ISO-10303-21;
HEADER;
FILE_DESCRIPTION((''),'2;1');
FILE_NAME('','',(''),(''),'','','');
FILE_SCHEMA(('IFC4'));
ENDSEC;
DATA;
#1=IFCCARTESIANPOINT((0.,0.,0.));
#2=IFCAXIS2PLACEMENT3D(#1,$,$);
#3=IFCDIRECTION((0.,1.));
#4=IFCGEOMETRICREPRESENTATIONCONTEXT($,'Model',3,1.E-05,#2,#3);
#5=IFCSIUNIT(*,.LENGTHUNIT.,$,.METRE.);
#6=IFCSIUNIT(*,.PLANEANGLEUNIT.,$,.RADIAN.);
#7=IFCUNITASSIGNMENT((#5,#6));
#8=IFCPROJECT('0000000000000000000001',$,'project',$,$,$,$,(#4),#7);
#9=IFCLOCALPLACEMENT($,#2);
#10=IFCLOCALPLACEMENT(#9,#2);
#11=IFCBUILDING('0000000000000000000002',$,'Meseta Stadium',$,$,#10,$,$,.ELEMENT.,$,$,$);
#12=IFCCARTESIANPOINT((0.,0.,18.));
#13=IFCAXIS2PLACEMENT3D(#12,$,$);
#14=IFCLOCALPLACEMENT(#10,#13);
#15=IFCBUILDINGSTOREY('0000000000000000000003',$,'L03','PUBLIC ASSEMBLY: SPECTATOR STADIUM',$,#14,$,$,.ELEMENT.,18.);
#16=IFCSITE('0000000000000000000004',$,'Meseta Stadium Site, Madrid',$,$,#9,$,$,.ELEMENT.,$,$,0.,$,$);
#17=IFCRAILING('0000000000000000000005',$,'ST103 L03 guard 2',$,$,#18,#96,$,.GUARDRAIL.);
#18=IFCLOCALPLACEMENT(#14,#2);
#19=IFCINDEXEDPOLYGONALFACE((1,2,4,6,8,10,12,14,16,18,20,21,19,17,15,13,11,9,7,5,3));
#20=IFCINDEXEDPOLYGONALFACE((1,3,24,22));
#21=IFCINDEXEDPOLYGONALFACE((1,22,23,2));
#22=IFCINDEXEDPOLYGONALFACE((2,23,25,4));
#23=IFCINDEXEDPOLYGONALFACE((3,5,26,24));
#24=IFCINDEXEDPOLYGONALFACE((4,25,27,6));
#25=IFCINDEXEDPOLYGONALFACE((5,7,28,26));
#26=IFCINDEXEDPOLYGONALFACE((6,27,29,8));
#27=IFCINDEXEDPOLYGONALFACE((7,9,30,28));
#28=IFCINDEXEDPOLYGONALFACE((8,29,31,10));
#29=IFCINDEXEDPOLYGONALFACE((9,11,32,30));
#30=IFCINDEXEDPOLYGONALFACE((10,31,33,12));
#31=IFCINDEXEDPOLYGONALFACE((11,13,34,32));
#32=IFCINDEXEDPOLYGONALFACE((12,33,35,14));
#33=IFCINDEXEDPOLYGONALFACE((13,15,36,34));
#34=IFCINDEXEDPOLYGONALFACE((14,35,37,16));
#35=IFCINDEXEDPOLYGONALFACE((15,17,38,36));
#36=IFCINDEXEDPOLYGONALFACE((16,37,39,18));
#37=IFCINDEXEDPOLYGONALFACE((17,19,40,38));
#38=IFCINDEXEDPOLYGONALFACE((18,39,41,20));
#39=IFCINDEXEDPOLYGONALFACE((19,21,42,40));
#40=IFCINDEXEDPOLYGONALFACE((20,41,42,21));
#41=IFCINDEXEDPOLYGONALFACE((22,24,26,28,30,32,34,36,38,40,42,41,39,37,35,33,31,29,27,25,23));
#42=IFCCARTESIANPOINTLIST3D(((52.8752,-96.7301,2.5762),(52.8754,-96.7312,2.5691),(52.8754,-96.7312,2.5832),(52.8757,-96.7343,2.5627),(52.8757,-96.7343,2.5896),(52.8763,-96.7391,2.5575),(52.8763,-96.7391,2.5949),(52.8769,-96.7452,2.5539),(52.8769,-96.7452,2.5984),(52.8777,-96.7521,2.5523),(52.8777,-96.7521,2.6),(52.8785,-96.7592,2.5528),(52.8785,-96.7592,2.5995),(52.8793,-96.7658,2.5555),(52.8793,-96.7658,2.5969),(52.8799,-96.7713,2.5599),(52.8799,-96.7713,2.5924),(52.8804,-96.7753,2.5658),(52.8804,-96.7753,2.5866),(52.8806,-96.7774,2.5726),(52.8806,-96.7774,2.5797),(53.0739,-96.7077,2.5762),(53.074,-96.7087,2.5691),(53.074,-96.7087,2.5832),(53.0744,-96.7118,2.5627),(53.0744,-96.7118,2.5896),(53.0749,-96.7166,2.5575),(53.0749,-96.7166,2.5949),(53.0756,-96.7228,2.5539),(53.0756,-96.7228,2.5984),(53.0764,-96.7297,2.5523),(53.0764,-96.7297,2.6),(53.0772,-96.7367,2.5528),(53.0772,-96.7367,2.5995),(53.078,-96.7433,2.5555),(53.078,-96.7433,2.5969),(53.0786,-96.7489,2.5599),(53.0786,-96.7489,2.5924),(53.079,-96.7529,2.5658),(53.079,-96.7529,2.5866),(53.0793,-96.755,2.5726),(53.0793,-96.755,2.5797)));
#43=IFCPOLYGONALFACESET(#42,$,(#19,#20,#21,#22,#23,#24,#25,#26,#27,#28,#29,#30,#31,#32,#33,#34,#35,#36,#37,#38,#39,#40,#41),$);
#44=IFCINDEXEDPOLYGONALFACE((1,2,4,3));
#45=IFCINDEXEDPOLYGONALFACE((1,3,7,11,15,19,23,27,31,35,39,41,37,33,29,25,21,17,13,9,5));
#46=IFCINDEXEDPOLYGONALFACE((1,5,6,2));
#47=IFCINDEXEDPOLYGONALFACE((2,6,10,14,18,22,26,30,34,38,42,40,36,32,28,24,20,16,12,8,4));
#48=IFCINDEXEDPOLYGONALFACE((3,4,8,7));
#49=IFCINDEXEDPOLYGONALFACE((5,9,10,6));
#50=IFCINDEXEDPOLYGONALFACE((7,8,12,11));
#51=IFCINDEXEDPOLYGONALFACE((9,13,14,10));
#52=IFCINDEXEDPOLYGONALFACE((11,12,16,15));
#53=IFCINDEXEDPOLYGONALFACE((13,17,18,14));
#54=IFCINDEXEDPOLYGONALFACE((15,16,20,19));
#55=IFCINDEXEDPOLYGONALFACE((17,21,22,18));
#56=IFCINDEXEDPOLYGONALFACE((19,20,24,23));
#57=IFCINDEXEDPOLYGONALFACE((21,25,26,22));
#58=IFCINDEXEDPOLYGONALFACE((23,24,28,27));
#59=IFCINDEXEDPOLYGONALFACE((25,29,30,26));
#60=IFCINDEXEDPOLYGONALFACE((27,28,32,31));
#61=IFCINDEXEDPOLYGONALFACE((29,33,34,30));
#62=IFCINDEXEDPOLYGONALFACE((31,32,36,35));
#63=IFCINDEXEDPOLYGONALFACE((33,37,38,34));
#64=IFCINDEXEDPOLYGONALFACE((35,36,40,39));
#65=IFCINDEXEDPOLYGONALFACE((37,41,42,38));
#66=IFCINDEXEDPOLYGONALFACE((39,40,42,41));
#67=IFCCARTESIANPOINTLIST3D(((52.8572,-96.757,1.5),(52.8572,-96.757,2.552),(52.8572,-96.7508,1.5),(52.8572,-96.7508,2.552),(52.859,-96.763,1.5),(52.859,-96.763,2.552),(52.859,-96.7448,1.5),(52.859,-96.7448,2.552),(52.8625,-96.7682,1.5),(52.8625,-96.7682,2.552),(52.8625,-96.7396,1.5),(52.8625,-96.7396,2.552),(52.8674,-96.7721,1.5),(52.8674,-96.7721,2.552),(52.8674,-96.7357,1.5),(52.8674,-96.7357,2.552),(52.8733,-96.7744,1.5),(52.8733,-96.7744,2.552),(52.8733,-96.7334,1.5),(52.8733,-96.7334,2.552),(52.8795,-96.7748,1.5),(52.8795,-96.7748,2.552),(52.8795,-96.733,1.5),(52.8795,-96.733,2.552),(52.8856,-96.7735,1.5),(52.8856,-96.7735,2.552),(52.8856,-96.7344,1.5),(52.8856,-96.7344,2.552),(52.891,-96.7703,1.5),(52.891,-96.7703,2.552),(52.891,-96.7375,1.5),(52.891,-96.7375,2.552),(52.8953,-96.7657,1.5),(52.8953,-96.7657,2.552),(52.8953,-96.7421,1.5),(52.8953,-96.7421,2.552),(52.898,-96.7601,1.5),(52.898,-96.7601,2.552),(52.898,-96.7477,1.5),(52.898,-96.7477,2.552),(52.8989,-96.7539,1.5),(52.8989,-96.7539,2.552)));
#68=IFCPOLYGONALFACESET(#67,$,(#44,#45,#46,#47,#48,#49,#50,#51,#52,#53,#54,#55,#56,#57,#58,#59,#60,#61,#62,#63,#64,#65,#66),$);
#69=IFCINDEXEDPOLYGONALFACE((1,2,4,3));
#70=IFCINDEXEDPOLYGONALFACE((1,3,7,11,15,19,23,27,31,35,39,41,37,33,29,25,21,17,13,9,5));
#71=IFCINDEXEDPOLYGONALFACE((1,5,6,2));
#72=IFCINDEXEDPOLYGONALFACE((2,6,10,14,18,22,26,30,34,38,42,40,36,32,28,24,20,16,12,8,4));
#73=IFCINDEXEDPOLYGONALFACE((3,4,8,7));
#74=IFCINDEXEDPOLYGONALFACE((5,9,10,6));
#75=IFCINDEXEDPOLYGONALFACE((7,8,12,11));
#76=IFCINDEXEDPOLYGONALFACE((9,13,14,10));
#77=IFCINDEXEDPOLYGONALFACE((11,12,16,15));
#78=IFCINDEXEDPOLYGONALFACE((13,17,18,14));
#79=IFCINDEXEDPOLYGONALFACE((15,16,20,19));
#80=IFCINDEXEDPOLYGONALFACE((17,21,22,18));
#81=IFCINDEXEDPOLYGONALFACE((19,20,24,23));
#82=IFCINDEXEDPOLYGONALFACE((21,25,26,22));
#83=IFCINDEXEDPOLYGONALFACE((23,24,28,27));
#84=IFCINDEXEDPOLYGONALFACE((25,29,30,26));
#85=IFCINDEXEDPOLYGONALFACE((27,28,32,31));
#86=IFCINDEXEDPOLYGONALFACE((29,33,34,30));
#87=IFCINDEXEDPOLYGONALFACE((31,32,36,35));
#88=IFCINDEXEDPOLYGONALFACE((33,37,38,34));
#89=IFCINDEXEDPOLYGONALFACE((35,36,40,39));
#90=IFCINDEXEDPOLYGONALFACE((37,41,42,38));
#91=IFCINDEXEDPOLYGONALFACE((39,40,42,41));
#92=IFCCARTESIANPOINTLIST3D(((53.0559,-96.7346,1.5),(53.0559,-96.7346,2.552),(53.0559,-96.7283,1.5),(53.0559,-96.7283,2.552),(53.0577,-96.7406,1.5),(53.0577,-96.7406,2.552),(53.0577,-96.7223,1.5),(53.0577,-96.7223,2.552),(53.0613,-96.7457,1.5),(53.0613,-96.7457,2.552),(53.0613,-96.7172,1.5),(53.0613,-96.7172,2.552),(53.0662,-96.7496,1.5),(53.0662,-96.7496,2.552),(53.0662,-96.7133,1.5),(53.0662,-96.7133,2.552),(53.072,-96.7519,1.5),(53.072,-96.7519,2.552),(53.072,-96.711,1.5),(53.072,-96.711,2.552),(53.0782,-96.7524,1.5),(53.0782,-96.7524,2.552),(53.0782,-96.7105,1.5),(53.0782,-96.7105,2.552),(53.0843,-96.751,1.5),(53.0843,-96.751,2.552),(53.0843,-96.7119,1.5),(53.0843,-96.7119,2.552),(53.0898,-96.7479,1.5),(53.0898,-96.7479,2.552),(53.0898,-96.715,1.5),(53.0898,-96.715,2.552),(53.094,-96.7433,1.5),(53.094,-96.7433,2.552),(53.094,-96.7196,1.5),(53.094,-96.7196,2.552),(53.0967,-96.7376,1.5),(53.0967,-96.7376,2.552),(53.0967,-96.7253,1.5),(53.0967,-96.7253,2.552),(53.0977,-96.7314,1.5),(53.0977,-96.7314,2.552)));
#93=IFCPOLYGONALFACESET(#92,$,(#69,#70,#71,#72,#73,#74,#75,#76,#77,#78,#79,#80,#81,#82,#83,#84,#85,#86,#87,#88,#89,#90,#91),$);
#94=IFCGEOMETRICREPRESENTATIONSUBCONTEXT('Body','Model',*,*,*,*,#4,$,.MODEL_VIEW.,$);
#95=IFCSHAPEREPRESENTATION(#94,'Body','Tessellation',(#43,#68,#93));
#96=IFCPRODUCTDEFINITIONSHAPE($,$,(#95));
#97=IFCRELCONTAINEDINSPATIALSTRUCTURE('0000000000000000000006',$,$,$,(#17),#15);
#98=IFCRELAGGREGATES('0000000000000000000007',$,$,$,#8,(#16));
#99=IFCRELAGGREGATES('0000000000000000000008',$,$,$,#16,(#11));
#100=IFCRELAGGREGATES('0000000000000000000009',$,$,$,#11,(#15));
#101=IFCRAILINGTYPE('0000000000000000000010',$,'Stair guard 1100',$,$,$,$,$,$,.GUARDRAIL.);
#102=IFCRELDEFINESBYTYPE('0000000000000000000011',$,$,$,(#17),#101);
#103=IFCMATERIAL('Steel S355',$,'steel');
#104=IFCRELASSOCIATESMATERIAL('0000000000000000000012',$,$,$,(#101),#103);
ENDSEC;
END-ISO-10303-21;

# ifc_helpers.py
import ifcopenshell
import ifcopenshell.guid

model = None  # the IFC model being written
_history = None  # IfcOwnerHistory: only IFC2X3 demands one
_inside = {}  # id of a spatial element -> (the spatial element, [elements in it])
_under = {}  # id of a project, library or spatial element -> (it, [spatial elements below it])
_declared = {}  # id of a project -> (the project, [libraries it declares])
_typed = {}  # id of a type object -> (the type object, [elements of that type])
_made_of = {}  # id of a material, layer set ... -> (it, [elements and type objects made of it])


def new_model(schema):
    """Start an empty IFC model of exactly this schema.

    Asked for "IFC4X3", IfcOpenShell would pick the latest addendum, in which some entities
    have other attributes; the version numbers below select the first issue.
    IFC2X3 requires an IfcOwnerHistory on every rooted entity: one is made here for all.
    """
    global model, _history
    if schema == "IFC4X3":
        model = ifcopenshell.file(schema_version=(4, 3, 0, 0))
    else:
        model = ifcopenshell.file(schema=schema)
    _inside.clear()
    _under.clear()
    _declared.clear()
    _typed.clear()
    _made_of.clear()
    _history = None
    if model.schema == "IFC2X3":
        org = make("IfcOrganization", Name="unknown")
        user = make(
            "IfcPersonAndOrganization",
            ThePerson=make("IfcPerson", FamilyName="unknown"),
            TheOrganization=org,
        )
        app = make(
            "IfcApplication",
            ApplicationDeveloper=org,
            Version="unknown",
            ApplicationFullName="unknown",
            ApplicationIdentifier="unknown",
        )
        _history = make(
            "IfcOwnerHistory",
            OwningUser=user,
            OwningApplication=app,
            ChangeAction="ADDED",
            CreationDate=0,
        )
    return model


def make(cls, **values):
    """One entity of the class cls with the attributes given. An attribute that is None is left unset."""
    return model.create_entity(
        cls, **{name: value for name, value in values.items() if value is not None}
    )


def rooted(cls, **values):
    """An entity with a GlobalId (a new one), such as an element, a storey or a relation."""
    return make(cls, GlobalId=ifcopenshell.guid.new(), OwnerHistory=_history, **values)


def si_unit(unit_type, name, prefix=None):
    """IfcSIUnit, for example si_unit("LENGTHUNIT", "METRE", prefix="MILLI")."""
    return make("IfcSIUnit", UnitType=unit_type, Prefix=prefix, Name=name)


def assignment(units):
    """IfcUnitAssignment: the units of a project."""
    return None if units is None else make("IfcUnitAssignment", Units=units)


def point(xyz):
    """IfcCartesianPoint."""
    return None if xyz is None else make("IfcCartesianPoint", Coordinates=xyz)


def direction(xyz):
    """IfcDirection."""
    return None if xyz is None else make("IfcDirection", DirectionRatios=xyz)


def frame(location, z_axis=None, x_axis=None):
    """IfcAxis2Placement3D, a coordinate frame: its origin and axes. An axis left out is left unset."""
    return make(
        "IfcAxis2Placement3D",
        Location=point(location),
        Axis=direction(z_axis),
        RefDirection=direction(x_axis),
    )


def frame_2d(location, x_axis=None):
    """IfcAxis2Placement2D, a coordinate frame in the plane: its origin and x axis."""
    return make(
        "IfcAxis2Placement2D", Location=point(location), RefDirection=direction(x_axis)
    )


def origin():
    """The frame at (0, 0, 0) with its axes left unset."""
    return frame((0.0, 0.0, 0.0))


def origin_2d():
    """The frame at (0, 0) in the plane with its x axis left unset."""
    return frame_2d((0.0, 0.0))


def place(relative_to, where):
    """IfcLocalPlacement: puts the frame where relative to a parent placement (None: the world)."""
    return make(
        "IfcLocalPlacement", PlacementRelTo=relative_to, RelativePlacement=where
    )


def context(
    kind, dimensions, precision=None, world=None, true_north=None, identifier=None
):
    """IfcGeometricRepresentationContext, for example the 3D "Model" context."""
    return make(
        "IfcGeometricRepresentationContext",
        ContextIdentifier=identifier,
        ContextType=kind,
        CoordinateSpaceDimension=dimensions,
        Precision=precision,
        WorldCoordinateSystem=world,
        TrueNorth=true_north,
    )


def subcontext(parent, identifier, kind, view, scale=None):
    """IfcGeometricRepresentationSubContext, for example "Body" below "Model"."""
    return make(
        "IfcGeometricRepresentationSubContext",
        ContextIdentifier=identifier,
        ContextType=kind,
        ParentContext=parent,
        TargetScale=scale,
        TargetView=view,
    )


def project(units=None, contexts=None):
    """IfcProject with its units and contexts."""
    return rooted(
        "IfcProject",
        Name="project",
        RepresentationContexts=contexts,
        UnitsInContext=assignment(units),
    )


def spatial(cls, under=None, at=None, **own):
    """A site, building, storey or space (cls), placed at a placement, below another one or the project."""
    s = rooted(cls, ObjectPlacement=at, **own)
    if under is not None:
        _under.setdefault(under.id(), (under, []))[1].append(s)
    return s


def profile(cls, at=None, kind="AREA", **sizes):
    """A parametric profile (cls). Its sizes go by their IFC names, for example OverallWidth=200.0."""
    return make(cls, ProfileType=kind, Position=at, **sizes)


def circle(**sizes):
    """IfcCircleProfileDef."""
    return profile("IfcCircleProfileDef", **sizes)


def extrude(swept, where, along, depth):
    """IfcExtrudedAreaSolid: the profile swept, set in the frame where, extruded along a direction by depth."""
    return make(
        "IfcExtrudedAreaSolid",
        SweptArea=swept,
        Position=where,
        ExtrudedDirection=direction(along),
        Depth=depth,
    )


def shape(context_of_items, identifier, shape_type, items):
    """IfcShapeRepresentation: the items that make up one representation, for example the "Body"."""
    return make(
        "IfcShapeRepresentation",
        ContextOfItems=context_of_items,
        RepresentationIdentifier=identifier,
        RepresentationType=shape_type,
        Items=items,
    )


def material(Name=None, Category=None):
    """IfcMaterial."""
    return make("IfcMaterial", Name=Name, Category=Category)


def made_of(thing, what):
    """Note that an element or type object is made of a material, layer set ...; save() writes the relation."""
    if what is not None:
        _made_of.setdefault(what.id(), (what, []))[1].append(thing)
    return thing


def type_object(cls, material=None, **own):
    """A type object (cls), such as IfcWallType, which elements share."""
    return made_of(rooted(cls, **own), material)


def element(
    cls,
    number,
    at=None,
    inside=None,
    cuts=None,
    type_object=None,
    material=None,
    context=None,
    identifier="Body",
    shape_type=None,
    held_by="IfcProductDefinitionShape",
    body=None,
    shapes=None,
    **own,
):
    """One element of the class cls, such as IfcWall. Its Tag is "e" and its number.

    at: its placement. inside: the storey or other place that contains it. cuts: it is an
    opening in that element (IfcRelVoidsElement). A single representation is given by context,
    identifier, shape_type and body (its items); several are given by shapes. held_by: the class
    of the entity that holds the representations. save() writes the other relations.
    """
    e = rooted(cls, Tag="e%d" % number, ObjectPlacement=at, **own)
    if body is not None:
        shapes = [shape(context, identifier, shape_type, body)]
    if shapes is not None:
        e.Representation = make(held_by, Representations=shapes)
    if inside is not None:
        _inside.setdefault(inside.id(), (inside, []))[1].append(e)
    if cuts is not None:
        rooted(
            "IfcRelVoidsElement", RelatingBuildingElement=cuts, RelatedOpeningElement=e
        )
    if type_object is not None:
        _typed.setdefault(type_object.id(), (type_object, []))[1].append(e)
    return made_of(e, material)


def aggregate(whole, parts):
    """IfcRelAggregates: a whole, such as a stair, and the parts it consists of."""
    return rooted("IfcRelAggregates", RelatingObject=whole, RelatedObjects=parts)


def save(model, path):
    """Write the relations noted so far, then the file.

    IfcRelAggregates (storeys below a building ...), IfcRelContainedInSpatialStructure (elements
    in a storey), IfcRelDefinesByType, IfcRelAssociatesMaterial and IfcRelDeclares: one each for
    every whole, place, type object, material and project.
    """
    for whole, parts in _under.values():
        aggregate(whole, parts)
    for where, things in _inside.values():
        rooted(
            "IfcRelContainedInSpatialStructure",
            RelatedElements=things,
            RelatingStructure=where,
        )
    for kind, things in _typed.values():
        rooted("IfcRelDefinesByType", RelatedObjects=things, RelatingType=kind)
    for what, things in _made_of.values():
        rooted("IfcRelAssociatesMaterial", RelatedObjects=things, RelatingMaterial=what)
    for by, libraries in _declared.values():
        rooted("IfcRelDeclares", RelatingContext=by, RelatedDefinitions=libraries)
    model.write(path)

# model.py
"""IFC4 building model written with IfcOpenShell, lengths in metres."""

from ifc_helpers import new_model, si_unit, direction, frame, origin, origin_2d, place, context, subcontext, project, spatial, circle, extrude, material, type_object, element, save


model = new_model("IFC4")

# Units and contexts
model_context = context("Model", 3, precision=1e-05, world=origin(), true_north=direction((0.0, 1.0)))
body_context = subcontext(model_context, "Body", "Model", "MODEL_VIEW")
ifc_project = project(units=[si_unit("LENGTHUNIT", "METRE"), si_unit("PLANEANGLEUNIT", "RADIAN")], contexts=[model_context])

# Site, building, storey
site_placement = place(None, origin())
site = spatial("IfcSite", under=ifc_project, at=site_placement, Name="Meseta Stadium Site, Madrid", CompositionType="ELEMENT", RefElevation=0.0)
building_placement = place(site_placement, origin())
building = spatial("IfcBuilding", under=site, at=building_placement, Name="Meseta Stadium", CompositionType="ELEMENT")
storey_placement = place(building_placement, frame((0.0, 0.0, 18.0)))
storey = spatial("IfcBuildingStorey", under=building, at=storey_placement, Name="L03", Description="PUBLIC ASSEMBLY: SPECTATOR STADIUM", CompositionType="ELEMENT", Elevation=18.0)

# Railing
ifc_material_1 = material(Name="Steel S355", Category="steel")
railing_type_1 = type_object("IfcRailingType", Name="Stair guard 1100", PredefinedType="GUARDRAIL", material=ifc_material_1)
railing_1_placement = place(storey_placement, frame((52.8779, -96.7539, 1.5)))
element("IfcRailing", 1, at=railing_1_placement, inside=storey, type_object=railing_type_1, Name="ST103 L03 guard 2", PredefinedType="GUARDRAIL", context=body_context, shape_type="SweptSolid", body=[
    extrude(circle(Radius=0.0239, at=origin_2d()), frame((0.0, 0.0, 1.0762), z_axis=(0.993674, 0.112307, 0.0), x_axis=(-0.112307, 0.993674, 0.0)), (0.0, 0.0, 1.0), 0.2),
    extrude(circle(Radius=0.021, at=origin_2d()), origin(), (0.0, 0.0, 1.0), 1.052),
    extrude(circle(Radius=0.021, at=origin_2d()), frame((0.1987, 0.0225, 0.0)), (0.0, 0.0, 1.0), 1.052),
])

save(model, "model.ifc")
